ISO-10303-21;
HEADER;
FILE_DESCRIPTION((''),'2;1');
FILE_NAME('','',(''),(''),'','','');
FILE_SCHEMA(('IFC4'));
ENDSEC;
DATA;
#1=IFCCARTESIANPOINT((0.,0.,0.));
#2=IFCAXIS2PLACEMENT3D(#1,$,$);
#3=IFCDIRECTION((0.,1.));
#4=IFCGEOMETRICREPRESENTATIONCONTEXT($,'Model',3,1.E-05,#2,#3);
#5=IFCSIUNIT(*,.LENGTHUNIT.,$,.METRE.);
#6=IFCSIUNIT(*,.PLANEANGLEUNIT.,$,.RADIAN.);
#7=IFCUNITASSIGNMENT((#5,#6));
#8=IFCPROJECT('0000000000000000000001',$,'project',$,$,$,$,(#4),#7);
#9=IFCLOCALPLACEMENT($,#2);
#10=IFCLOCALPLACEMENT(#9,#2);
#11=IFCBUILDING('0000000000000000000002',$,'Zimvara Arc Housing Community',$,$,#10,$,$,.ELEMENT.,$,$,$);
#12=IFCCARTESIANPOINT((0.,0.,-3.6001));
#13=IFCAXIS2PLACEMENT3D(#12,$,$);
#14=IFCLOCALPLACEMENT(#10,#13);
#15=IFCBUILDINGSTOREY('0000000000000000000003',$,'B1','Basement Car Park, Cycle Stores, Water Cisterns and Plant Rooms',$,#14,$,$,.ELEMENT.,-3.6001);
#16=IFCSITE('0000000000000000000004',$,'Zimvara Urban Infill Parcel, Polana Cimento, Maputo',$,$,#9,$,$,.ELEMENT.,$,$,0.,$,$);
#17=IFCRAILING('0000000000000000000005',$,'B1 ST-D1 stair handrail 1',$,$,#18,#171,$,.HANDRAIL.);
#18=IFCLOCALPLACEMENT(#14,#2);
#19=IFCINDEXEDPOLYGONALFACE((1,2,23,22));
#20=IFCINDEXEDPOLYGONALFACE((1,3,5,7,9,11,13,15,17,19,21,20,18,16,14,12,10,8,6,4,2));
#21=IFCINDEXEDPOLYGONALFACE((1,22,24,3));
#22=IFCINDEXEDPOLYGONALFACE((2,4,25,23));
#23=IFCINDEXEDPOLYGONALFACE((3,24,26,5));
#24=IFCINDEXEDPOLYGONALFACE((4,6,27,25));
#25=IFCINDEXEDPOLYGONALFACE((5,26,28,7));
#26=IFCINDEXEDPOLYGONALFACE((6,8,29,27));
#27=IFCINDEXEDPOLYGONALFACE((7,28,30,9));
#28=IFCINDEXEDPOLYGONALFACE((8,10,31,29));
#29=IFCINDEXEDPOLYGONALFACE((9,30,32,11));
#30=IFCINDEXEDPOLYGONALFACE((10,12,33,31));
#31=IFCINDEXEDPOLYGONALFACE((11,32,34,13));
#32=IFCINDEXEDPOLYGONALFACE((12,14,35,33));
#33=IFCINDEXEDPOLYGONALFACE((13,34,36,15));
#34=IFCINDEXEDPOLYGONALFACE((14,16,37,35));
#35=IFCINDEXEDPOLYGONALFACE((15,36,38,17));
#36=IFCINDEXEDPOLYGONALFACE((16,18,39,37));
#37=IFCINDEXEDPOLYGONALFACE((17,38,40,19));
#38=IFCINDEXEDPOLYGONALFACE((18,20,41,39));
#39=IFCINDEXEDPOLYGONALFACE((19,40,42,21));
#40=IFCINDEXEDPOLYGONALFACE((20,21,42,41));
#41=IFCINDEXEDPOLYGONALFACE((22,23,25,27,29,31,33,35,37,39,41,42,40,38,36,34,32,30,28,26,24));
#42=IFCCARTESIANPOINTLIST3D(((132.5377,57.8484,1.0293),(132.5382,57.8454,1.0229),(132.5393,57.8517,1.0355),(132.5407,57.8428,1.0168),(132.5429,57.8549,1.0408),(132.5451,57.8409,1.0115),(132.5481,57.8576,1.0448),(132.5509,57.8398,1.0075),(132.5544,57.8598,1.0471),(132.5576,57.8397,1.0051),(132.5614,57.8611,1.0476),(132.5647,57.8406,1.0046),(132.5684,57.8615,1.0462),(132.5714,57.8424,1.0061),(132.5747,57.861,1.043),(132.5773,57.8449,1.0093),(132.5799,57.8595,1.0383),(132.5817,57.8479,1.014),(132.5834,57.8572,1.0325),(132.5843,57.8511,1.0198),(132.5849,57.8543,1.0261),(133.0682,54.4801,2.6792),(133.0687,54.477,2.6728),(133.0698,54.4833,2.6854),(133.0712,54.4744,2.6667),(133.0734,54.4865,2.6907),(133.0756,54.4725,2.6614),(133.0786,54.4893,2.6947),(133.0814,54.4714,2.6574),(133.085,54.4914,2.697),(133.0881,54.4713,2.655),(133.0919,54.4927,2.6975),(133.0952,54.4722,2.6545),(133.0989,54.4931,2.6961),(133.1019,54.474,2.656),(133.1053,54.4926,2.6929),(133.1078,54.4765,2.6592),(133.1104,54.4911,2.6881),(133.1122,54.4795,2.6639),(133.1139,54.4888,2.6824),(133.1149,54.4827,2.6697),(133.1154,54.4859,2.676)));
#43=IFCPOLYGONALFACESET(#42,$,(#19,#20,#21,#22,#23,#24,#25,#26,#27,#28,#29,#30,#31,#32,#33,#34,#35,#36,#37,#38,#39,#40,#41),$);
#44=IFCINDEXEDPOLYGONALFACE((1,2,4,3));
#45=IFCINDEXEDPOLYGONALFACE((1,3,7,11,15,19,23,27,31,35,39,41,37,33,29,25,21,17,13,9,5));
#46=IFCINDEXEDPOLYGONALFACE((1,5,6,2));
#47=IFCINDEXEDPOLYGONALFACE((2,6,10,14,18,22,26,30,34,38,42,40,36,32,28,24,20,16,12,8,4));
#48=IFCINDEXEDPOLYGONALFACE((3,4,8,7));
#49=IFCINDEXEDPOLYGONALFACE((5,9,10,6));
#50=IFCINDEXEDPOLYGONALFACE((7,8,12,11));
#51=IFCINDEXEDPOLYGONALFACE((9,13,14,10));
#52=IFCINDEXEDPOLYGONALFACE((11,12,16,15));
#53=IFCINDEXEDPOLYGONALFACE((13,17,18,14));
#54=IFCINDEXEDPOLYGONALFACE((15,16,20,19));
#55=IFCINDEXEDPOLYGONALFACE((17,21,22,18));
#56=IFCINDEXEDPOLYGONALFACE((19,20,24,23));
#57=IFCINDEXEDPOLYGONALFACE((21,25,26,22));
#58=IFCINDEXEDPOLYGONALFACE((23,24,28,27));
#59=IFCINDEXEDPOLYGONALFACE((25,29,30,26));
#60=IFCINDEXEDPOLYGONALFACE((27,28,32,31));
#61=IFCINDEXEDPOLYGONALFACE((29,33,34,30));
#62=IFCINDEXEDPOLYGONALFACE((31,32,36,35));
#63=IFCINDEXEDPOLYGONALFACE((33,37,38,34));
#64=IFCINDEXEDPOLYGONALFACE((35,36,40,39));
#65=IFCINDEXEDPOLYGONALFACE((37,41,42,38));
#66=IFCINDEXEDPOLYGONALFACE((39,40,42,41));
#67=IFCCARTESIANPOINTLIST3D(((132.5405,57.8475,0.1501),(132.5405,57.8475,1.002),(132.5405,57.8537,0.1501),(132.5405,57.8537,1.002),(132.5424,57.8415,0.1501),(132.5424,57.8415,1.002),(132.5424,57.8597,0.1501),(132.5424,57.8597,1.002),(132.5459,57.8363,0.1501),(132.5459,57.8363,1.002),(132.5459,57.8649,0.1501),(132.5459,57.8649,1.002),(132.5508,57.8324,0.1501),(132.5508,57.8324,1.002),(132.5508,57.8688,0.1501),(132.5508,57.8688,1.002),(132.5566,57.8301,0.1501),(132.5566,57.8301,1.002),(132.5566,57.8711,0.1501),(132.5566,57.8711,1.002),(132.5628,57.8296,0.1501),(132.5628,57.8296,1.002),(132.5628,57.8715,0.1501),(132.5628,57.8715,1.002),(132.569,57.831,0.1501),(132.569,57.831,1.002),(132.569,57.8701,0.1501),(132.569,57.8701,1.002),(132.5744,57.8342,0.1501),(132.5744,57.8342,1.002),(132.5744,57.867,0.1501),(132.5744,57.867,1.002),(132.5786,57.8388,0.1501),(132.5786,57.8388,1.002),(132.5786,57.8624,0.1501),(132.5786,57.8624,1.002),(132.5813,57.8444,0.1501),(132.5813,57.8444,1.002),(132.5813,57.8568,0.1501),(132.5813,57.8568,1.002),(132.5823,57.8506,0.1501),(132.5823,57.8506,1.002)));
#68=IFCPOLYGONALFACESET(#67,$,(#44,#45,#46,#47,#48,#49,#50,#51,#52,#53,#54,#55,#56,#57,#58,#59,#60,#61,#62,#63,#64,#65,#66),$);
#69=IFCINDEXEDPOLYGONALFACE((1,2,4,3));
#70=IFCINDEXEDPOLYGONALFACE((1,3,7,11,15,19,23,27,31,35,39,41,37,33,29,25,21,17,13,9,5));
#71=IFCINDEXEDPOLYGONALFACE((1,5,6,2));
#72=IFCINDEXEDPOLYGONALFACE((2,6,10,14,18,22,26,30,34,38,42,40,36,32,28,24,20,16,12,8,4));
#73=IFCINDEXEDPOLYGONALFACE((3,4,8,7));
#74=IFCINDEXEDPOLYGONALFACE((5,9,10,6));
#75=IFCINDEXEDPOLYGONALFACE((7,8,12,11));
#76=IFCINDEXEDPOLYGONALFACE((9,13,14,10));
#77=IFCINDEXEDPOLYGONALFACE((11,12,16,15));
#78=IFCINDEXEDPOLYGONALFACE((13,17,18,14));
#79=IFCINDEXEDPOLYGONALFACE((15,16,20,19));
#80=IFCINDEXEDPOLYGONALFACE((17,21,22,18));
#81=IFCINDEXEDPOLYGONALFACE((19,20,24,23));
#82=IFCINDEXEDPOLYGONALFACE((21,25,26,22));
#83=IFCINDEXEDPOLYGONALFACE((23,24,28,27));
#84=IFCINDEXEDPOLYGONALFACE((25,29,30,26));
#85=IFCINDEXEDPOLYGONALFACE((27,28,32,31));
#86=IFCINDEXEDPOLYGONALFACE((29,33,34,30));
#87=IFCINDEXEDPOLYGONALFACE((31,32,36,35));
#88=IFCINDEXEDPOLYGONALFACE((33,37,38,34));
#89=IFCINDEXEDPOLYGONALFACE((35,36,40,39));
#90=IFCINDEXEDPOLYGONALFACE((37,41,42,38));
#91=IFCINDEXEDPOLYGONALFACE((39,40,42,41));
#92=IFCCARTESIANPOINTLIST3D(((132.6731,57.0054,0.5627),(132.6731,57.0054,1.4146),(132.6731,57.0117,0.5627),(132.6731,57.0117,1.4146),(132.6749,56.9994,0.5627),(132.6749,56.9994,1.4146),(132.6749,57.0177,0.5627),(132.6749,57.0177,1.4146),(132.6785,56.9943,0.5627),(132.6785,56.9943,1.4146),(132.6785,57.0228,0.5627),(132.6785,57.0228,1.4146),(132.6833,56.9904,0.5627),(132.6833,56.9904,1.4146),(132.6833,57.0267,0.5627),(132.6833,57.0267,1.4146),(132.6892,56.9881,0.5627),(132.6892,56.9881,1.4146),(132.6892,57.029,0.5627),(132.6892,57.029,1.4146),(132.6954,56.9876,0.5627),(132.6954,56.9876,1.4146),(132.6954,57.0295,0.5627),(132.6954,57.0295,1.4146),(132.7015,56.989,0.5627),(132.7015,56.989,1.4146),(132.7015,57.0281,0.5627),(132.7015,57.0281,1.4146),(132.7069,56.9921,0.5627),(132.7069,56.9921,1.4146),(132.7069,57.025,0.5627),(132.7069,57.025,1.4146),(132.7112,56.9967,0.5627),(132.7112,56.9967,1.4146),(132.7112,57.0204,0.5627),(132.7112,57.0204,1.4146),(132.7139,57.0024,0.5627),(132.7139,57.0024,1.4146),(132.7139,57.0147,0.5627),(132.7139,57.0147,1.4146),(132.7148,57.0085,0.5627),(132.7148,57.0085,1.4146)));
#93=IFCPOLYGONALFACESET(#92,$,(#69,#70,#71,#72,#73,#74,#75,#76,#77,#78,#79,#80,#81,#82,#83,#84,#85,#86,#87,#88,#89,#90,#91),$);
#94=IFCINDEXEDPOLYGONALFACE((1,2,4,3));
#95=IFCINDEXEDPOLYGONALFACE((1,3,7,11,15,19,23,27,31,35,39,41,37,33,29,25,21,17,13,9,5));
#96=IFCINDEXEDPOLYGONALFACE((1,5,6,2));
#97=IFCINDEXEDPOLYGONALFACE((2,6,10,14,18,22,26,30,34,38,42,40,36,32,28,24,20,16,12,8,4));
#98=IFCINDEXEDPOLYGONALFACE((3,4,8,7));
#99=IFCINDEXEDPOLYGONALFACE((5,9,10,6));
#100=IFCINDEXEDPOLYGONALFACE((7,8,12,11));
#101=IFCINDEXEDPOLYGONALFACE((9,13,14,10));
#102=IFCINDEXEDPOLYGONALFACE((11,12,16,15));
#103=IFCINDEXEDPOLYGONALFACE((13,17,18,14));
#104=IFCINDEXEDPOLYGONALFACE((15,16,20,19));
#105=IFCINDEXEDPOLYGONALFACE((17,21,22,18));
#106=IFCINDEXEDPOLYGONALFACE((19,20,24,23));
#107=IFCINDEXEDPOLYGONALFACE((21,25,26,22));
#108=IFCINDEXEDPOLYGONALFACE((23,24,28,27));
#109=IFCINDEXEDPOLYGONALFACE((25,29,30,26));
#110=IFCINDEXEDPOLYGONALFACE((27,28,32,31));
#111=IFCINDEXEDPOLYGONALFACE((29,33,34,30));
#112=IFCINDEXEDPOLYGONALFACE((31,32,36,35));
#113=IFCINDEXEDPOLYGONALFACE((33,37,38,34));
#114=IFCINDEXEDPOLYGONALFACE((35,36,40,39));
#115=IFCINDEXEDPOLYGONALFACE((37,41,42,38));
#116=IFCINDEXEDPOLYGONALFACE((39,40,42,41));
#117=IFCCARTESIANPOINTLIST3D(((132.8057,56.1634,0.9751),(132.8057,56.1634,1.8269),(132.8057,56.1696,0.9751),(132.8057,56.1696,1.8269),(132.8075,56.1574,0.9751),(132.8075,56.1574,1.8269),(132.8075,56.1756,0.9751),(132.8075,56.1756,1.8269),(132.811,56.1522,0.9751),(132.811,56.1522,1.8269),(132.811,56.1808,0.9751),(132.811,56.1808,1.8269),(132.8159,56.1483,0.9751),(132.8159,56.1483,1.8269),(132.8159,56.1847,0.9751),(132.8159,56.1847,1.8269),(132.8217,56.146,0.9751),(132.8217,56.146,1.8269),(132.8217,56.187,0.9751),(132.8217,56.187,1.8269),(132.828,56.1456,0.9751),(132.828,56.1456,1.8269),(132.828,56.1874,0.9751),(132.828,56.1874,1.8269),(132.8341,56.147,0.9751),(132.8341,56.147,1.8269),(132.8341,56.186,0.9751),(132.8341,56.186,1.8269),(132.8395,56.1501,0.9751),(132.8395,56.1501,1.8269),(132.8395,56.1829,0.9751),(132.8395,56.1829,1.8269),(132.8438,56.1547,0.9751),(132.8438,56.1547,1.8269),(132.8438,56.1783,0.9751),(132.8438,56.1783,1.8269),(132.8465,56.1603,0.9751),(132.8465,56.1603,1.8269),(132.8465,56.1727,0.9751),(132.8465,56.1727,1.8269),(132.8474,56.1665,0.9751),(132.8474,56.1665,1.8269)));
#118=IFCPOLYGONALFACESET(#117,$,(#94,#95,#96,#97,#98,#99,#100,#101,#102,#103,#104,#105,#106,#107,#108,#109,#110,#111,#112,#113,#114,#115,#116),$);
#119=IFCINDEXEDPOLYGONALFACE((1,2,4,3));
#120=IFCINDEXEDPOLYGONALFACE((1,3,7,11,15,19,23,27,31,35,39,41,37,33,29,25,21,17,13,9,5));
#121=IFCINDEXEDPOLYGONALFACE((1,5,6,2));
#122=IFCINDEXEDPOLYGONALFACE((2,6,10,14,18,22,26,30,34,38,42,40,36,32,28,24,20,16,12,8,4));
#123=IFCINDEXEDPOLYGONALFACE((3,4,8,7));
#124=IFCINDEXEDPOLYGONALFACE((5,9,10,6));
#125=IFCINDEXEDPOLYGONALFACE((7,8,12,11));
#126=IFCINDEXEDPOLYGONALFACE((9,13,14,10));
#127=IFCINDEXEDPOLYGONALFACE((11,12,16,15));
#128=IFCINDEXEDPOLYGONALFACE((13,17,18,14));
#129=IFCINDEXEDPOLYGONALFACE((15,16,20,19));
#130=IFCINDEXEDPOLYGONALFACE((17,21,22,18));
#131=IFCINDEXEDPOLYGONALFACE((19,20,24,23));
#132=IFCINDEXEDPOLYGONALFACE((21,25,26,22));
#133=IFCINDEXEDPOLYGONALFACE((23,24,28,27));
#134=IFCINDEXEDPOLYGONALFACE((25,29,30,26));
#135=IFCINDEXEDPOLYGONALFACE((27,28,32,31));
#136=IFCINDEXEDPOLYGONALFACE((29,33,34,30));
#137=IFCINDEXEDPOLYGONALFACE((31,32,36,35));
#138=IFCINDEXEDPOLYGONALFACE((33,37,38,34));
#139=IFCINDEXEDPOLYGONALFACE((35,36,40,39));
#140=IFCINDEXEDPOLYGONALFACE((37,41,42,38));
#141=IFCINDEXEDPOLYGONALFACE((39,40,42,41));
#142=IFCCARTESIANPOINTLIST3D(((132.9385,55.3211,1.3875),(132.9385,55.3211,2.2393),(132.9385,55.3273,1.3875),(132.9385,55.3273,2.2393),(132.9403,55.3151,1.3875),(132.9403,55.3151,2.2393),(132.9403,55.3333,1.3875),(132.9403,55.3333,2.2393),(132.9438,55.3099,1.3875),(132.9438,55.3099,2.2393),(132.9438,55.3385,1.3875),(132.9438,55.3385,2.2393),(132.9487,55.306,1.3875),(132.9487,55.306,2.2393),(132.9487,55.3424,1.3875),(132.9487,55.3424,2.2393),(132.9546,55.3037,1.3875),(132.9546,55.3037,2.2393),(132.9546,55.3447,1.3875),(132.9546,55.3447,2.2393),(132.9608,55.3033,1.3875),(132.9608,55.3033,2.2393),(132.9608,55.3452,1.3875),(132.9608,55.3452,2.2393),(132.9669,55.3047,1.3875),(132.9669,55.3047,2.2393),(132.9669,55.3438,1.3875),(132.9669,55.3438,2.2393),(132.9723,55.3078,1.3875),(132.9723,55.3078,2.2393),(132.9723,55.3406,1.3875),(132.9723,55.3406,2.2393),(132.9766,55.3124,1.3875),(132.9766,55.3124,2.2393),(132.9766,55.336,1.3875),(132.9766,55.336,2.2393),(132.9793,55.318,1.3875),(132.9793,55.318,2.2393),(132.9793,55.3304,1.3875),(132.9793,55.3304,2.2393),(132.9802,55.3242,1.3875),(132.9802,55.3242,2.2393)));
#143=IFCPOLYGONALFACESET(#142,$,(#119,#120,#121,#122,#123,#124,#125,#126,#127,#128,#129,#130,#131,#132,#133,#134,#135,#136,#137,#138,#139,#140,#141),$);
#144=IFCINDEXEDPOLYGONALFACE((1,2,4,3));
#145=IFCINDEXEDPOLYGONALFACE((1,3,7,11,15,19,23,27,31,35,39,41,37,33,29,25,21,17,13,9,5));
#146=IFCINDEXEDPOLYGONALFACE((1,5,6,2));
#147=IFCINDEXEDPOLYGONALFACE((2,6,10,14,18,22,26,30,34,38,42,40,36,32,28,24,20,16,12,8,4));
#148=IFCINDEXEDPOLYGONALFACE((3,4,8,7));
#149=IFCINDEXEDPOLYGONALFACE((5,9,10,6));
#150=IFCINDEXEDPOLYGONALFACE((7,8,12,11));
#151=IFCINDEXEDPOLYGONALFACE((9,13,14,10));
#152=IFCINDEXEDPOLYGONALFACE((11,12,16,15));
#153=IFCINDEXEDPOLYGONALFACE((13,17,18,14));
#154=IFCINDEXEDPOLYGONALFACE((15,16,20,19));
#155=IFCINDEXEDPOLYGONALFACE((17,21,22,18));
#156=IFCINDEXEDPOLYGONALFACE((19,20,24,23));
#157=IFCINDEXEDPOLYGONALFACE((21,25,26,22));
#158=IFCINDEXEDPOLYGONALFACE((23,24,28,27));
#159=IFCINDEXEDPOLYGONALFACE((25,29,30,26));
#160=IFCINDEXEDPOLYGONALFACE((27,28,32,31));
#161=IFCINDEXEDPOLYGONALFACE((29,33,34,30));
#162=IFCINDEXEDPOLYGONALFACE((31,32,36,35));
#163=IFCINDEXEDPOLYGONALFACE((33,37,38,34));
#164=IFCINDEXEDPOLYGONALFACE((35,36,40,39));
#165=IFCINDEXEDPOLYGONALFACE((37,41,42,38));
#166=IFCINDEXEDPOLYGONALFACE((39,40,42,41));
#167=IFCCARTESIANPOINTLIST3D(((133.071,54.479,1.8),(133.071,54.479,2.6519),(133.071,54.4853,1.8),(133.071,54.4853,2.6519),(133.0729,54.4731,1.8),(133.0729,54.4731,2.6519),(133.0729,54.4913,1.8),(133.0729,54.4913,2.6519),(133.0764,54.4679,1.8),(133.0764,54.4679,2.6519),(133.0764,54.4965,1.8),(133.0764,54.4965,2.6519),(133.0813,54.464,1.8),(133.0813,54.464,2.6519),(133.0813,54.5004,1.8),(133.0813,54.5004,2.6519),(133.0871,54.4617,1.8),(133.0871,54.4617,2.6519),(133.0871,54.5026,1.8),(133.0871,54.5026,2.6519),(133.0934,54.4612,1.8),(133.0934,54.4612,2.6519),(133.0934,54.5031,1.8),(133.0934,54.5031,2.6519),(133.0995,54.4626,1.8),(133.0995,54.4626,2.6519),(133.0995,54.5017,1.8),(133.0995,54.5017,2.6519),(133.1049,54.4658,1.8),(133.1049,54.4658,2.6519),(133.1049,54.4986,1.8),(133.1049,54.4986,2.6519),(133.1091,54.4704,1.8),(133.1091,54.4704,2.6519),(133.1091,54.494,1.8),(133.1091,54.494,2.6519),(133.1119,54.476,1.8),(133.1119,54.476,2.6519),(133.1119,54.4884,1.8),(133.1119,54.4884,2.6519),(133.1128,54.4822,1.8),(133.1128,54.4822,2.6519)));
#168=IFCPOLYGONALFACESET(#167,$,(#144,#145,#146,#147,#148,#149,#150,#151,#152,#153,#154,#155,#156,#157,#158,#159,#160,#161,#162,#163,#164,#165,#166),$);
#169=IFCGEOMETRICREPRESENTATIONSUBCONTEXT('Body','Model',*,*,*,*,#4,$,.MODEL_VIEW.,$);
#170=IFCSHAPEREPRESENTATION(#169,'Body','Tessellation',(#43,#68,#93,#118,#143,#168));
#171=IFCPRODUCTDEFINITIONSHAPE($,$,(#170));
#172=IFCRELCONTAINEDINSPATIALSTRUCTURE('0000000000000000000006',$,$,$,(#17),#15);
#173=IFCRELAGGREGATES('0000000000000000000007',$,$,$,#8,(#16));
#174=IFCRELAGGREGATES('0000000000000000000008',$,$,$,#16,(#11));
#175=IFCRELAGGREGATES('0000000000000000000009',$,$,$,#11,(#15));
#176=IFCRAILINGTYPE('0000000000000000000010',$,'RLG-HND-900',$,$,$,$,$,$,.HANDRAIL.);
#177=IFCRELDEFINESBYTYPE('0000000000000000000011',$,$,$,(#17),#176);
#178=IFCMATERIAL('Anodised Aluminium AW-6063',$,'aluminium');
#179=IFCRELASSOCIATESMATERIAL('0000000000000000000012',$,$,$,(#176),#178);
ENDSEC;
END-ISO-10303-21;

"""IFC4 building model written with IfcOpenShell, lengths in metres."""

from ifc_helpers import new_model, si_unit, direction, frame, origin, origin_2d, place, context, subcontext, project, spatial, circle, extrude, material, type_object, element, save


model = new_model("IFC4")

# Units and contexts
model_context = context("Model", 3, precision=1e-05, world=origin(), true_north=direction((0.0, 1.0)))
body_context = subcontext(model_context, "Body", "Model", "MODEL_VIEW")
ifc_project = project(units=[si_unit("LENGTHUNIT", "METRE"), si_unit("PLANEANGLEUNIT", "RADIAN")], contexts=[model_context])

# Site, building, storey
site_placement = place(None, origin())
site = spatial("IfcSite", under=ifc_project, at=site_placement, Name="Zimvara Urban Infill Parcel, Polana Cimento, Maputo", CompositionType="ELEMENT", RefElevation=0.0)
building_placement = place(site_placement, origin())
building = spatial("IfcBuilding", under=site, at=building_placement, Name="Zimvara Arc Housing Community", CompositionType="ELEMENT")
storey_placement = place(building_placement, frame((0.0, 0.0, -3.6001)))
storey = spatial("IfcBuildingStorey", under=building, at=storey_placement, Name="B1", Description="Basement Car Park, Cycle Stores, Water Cisterns and Plant Rooms", CompositionType="ELEMENT", Elevation=-3.6001)

# Railing
ifc_material_1 = material(Name="Anodised Aluminium AW-6063", Category="aluminium")
railing_type_1 = type_object("IfcRailingType", Name="RLG-HND-900", PredefinedType="HANDRAIL", material=ifc_material_1)
railing_1_placement = place(storey_placement, frame((132.5613, 57.8506, 0.1501)))
element("IfcRailing", 1, at=railing_1_placement, inside=storey, type_object=railing_type_1, Name="B1 ST-D1 stair handrail 1", PredefinedType="HANDRAIL", context=body_context, shape_type="SweptSolid", body=[
    extrude(circle(Radius=0.0239, at=origin_2d()), frame((0.0, 0.0, 0.876), z_axis=(0.140048, -0.889205, 0.435547), x_axis=(0.987823, 0.15558, 0.0)), (0.0, 0.0, 1.0), 3.7881),
    extrude(circle(Radius=0.021, at=origin_2d()), origin(), (0.0, 0.0, 1.0), 0.8518),
    extrude(circle(Radius=0.021, at=origin_2d()), frame((0.1326, -0.842, 0.4126)), (0.0, 0.0, 1.0), 0.8518),
    extrude(circle(Radius=0.021, at=origin_2d()), frame((0.2651, -1.6841, 0.825)), (0.0, 0.0, 1.0), 0.8518),
    extrude(circle(Radius=0.021, at=origin_2d()), frame((0.3979, -2.5264, 1.2373)), (0.0, 0.0, 1.0), 0.8518),
    extrude(circle(Radius=0.021, at=origin_2d()), frame((0.5305, -3.3684, 1.6499)), (0.0, 0.0, 1.0), 0.8518),
])

save(model, "model.ifc")
